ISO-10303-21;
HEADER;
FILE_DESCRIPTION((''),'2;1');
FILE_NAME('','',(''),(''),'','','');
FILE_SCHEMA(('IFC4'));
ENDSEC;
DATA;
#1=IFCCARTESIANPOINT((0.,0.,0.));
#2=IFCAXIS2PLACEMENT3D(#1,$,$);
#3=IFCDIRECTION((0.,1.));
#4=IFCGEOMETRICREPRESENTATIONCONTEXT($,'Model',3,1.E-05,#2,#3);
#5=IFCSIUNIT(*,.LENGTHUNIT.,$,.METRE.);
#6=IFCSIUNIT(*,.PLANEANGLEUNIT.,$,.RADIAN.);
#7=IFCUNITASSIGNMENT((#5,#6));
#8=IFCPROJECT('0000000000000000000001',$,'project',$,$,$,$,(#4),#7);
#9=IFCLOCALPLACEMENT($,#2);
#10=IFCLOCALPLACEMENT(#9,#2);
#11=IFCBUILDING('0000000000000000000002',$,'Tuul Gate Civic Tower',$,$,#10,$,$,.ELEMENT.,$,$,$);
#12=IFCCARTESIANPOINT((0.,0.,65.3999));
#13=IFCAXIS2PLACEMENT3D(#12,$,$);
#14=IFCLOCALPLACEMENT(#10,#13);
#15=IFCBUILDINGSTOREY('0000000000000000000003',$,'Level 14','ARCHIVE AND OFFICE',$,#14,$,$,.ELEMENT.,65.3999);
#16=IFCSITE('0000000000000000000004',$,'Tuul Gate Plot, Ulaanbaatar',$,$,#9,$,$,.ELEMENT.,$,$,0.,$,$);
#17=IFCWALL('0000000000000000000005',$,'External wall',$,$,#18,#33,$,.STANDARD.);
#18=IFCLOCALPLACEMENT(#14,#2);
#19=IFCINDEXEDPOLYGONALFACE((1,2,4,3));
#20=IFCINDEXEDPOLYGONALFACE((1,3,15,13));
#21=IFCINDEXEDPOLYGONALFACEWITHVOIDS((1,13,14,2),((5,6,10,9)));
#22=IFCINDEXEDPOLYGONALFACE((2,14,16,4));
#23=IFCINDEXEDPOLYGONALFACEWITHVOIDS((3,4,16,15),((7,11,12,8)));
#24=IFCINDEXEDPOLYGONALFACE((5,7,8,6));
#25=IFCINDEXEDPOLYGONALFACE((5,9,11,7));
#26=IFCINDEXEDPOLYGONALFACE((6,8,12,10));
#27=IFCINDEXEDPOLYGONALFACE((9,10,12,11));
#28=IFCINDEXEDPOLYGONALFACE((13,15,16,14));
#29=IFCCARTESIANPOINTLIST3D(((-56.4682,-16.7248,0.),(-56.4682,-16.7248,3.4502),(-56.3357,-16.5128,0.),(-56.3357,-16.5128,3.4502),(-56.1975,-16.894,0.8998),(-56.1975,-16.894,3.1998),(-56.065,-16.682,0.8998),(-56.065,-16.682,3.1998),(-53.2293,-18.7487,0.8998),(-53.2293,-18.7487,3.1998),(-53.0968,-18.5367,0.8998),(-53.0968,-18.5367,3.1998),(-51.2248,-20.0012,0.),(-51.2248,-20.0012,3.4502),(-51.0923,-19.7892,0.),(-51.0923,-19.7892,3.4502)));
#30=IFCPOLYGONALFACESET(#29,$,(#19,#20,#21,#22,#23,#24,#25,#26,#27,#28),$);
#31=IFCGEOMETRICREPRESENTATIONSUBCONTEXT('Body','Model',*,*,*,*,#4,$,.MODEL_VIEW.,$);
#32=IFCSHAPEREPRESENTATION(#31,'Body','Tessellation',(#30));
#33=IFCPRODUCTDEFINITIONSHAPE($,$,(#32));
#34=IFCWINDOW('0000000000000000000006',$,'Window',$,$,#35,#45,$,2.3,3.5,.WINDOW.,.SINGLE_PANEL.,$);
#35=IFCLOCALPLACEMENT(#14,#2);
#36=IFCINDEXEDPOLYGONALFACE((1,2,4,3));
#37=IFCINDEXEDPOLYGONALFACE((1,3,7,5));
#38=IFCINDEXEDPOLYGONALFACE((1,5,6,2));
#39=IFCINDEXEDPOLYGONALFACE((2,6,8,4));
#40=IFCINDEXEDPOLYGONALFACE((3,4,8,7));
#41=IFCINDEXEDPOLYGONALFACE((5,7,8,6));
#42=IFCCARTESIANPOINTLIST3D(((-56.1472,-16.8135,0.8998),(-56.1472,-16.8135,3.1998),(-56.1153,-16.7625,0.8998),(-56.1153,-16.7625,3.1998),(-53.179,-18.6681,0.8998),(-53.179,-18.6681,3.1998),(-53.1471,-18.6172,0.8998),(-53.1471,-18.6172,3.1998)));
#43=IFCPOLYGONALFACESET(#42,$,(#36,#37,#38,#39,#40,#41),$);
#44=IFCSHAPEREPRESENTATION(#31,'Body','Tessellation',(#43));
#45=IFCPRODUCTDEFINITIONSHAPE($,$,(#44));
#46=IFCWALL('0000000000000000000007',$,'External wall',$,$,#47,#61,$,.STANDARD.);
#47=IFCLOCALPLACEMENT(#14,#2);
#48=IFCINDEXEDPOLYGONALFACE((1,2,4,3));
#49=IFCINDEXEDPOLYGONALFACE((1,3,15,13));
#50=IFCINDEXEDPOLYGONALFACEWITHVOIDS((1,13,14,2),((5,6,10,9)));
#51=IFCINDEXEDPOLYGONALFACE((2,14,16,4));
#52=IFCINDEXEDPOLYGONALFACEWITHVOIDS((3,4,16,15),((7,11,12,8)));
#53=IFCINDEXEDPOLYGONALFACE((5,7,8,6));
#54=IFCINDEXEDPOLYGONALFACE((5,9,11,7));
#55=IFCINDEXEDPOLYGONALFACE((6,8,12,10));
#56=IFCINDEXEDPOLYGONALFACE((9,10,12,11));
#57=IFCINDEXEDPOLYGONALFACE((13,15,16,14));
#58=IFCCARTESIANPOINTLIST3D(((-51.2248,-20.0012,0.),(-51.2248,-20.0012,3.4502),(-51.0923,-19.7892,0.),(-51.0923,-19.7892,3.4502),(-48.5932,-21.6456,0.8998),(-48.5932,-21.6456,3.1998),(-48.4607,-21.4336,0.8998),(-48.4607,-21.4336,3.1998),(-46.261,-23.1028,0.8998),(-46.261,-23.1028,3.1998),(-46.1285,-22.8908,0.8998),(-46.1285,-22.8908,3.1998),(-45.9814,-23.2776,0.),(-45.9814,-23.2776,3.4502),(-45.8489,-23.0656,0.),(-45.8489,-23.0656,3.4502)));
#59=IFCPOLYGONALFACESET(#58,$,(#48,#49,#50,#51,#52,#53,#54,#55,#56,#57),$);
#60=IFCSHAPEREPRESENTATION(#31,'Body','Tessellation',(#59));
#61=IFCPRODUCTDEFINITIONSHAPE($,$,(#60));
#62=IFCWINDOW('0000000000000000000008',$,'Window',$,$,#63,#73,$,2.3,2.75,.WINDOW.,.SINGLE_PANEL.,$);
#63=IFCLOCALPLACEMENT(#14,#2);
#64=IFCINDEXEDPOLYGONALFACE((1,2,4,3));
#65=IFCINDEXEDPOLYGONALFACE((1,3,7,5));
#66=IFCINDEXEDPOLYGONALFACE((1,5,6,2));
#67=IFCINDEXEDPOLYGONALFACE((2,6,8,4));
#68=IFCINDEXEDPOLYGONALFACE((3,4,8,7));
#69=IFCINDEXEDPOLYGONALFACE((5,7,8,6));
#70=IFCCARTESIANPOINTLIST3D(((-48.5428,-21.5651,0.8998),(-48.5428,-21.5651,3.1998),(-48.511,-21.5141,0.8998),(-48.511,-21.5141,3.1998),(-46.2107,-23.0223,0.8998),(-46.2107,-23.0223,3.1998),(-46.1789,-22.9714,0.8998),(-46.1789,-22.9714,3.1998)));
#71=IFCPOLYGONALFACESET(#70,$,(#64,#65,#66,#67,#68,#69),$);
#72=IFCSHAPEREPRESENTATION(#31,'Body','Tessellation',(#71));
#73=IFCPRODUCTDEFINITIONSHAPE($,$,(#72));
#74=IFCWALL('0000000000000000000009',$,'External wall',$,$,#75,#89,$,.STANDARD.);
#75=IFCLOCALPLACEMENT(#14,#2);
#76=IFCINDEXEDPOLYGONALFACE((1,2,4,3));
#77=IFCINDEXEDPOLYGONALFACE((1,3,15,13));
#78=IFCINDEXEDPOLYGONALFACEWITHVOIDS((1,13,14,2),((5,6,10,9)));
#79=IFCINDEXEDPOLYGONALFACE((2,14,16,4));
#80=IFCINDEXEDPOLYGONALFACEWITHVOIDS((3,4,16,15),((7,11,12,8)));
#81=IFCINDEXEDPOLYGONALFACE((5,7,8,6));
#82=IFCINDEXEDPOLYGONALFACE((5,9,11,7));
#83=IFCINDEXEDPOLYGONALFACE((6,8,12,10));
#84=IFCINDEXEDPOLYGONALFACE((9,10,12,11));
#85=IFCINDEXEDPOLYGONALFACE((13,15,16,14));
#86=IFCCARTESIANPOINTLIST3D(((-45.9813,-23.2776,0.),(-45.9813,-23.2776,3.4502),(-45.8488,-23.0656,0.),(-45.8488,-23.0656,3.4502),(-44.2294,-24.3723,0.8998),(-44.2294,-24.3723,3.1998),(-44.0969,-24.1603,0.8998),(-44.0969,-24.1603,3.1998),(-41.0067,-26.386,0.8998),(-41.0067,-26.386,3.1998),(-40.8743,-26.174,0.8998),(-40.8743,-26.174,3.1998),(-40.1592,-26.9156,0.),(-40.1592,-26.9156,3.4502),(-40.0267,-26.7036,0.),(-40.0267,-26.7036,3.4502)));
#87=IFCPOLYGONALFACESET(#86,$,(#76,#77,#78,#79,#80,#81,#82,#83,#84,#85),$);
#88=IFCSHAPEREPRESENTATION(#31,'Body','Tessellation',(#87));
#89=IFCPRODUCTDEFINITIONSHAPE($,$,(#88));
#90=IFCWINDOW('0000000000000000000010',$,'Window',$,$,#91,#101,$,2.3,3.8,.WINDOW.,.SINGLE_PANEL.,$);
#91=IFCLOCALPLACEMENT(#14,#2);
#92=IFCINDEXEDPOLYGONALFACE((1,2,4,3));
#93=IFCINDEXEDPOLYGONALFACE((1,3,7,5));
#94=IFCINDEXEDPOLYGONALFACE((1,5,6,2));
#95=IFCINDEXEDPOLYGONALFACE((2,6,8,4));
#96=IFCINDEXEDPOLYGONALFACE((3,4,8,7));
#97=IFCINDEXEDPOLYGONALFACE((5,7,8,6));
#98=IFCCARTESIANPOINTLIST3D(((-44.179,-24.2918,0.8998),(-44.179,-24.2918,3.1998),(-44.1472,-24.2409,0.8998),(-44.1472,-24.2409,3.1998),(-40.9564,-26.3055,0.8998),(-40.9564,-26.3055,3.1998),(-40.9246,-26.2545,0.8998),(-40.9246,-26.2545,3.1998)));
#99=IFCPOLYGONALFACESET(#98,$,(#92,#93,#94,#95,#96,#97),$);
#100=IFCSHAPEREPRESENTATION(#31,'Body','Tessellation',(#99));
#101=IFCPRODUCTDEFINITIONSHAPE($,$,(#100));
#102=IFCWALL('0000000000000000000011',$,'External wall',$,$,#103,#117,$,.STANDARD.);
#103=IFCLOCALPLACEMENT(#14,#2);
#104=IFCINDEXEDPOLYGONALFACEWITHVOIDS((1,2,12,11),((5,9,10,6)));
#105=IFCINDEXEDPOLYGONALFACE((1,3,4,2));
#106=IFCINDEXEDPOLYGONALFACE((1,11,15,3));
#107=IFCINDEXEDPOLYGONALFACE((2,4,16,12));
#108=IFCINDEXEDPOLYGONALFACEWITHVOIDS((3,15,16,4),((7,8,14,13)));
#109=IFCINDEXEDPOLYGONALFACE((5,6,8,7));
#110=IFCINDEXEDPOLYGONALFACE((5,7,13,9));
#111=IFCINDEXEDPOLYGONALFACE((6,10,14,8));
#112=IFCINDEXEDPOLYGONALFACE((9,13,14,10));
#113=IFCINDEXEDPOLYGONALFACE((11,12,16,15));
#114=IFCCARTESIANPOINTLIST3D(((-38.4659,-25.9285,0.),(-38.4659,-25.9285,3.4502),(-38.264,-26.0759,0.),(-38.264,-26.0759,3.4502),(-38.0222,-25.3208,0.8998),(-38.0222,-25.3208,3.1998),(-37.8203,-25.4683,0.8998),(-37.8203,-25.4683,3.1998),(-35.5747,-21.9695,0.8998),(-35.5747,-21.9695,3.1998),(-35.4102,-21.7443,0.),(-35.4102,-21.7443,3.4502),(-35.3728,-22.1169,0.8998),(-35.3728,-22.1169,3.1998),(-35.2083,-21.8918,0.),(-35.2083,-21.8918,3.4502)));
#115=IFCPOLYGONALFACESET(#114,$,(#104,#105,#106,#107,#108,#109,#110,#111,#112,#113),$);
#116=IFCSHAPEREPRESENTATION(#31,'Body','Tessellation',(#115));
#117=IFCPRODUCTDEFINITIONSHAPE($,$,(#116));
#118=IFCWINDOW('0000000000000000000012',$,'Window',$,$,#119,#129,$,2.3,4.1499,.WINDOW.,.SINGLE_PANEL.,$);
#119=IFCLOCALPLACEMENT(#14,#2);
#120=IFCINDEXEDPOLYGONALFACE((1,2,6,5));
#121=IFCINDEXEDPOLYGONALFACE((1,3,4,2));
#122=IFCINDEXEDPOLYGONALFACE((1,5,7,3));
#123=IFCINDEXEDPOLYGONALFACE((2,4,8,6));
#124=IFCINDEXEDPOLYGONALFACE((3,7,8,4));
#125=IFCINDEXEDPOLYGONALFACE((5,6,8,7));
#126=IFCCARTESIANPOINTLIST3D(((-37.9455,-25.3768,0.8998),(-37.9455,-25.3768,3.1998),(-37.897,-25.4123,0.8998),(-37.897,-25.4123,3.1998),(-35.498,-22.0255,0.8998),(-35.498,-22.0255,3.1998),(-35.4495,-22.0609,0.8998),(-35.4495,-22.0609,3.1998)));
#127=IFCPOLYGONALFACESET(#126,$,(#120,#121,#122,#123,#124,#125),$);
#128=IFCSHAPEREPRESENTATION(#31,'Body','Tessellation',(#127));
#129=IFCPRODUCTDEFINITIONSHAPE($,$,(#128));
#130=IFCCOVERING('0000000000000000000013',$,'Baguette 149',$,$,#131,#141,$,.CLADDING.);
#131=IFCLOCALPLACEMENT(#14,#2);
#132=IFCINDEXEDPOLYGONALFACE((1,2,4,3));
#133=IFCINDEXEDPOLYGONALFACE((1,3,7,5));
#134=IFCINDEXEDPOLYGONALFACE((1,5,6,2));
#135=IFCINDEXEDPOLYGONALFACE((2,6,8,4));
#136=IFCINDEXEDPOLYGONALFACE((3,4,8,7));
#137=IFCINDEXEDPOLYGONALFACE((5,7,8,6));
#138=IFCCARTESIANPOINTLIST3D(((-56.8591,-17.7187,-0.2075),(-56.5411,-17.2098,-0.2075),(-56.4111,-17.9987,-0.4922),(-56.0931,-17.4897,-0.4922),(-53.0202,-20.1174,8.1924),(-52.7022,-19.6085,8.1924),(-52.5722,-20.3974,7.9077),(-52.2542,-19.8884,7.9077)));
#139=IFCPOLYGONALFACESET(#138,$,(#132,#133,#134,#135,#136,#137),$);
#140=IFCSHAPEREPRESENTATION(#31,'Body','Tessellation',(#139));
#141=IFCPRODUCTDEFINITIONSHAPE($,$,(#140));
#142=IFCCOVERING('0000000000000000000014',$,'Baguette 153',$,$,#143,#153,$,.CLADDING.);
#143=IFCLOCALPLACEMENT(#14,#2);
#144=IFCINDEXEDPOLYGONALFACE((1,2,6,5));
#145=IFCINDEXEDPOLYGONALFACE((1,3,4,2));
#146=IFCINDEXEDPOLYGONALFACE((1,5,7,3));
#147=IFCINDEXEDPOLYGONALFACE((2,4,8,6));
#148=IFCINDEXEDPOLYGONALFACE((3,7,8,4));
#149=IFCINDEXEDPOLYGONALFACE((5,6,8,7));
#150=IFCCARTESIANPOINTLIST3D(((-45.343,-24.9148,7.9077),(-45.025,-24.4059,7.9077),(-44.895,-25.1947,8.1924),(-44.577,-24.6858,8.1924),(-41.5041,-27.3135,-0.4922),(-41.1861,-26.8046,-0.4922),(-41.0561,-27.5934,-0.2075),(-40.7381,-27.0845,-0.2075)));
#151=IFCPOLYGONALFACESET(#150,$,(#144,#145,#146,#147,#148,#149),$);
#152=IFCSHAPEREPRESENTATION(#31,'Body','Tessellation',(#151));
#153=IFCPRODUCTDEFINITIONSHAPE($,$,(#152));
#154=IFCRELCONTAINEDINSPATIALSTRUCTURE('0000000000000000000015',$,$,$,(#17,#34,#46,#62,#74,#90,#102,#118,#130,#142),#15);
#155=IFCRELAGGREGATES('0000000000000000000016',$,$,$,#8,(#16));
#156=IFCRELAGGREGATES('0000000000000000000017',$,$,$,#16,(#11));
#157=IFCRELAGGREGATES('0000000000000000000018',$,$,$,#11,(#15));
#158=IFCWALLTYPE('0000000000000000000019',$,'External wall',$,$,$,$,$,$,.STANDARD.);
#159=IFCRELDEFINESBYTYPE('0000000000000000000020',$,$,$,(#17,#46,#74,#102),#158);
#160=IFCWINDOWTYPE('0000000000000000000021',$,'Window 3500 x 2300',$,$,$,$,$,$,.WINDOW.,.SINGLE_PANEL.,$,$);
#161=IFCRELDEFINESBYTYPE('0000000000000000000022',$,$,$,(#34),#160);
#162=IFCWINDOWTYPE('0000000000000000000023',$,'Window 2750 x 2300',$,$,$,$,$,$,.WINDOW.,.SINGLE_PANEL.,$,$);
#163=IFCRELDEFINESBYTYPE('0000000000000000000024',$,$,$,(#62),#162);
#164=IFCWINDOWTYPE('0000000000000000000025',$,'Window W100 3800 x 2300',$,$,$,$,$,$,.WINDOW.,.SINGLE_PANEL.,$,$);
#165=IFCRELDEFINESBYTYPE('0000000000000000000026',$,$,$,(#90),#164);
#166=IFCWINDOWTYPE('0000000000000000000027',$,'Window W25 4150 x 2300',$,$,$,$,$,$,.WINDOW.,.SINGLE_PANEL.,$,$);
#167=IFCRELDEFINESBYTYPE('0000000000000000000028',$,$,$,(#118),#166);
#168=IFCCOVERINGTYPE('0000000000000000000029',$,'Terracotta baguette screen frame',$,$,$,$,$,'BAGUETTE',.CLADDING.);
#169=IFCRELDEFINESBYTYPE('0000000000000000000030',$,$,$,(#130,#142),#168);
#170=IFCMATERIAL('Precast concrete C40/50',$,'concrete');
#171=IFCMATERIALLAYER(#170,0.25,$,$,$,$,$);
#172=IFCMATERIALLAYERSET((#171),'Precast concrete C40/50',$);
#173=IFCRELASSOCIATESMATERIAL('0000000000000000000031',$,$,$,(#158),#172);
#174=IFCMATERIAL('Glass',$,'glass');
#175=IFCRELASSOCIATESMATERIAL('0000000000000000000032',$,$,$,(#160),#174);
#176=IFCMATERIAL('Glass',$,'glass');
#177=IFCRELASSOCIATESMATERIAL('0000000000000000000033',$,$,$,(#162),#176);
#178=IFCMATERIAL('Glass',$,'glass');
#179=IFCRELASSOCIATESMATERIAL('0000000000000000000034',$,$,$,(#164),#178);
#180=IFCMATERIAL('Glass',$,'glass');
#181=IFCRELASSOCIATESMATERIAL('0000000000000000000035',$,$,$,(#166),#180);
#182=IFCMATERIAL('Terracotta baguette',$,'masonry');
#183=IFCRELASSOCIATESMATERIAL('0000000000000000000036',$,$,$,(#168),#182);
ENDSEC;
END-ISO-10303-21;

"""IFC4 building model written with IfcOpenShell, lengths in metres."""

from ifc_helpers import new_model, si_unit, direction, frame, frame_2d, origin, origin_2d, place, context, subcontext, project, spatial, rectangle, extrude, material, layer, layer_set, material_profile, profile_set, type_object, element, fill, save


model = new_model("IFC4")

# Units and contexts
model_context = context("Model", 3, precision=1e-05, world=origin(), true_north=direction((0.0, 1.0)))
body_context = subcontext(model_context, "Body", "Model", "MODEL_VIEW")
ifc_project = project(units=[si_unit("LENGTHUNIT", "METRE"), si_unit("PLANEANGLEUNIT", "RADIAN")], contexts=[model_context])

# Site, building, storey
site_placement = place(None, origin())
site = spatial("IfcSite", under=ifc_project, at=site_placement, Name="Tuul Gate Plot, Ulaanbaatar", CompositionType="ELEMENT", RefElevation=0.0)
building_placement = place(site_placement, origin())
building = spatial("IfcBuilding", under=site, at=building_placement, Name="Tuul Gate Civic Tower", CompositionType="ELEMENT")
storey_placement = place(building_placement, frame((0.0, 0.0, 65.3999)))
storey = spatial("IfcBuildingStorey", under=building, at=storey_placement, Name="Level 14", Description="ARCHIVE AND OFFICE", CompositionType="ELEMENT", Elevation=65.3999)

# Shared definitions
ifc_material_1 = material(Name="Precast concrete C40/50", Category="concrete")
ifc_layer_1 = layer(ifc_material_1, 0.25)
ifc_layer_set_1 = layer_set([ifc_layer_1], Name="Precast concrete C40/50")
wall_type_1 = type_object("IfcWallType", Name="External wall", PredefinedType="STANDARD", material=ifc_layer_set_1)

# Walls, openings, windows
wall_1_placement = place(storey_placement, frame((-56.4019, -16.6189, 0.0), z_axis=(0.0, 0.0, 1.0), x_axis=(0.848054, -0.52991, 0.0)))
wall_1 = element("IfcWall", 1, at=wall_1_placement, inside=storey, type_object=wall_type_1, Name="External wall", PredefinedType="STANDARD", context=body_context, shape_type="SweptSolid", body=[
    extrude(rectangle(XDim=6.1829, YDim=0.25, at=frame_2d((3.0913, 0.0))), origin(), (0.0, 0.0, 1.0), 3.4502),
])
opening_1_placement = place(wall_1_placement, frame((0.3191, 0.0, 0.8999)))
opening_1 = element("IfcOpeningElement", 2, at=opening_1_placement, cuts=wall_1, PredefinedType="OPENING", context=body_context, shape_type="SweptSolid", body=[
    extrude(rectangle(XDim=3.5, YDim=2.3, at=frame_2d((1.75, 1.1499))), frame((0.0, 0.135, 0.0), z_axis=(0.0, -1.0, 0.0), x_axis=(1.0, 0.0, 0.0)), (0.0, 0.0, 1.0), 0.27),
])
ifc_material_2 = material(Name="Glass", Category="glass")
window_type_1 = type_object("IfcWindowType", Name="Window 3500 x 2300", PartitioningType="SINGLE_PANEL", PredefinedType="WINDOW", material=ifc_material_2)
window_1_placement = place(opening_1_placement, origin())
window_1 = element("IfcWindow", 3, at=window_1_placement, inside=storey, type_object=window_type_1, Name="Window", OverallHeight=2.3, OverallWidth=3.5, PartitioningType="SINGLE_PANEL", PredefinedType="WINDOW", context=body_context, shape_type="SweptSolid", body=[
    extrude(rectangle(XDim=3.5, YDim=2.3, at=frame_2d((1.75, 1.1499))), frame((0.0, 0.03, 0.0), z_axis=(0.0, -1.0, 0.0), x_axis=(1.0, 0.0, 0.0)), (0.0, 0.0, 1.0), 0.0601),
])
fill(opening_1, window_1)
wall_2_placement = place(storey_placement, frame((-51.1584, -19.8953, 0.0), z_axis=(0.0, 0.0, 1.0), x_axis=(0.848054, -0.52991, 0.0)))
wall_2 = element("IfcWall", 4, at=wall_2_placement, inside=storey, type_object=wall_type_1, Name="External wall", PredefinedType="STANDARD", context=body_context, shape_type="SweptSolid", body=[
    extrude(rectangle(XDim=6.1829, YDim=0.25, at=frame_2d((3.0913, 0.0))), origin(), (0.0, 0.0, 1.0), 3.4502),
])
opening_2_placement = place(wall_2_placement, frame((3.103, 0.0, 0.8999)))
opening_2 = element("IfcOpeningElement", 5, at=opening_2_placement, cuts=wall_2, PredefinedType="OPENING", context=body_context, shape_type="SweptSolid", body=[
    extrude(rectangle(XDim=2.75, YDim=2.3, at=frame_2d((1.375, 1.1499))), frame((0.0, 0.135, 0.0), z_axis=(0.0, -1.0, 0.0), x_axis=(1.0, 0.0, 0.0)), (0.0, 0.0, 1.0), 0.27),
])
ifc_material_3 = material(Name="Glass", Category="glass")
window_type_2 = type_object("IfcWindowType", Name="Window 2750 x 2300", PartitioningType="SINGLE_PANEL", PredefinedType="WINDOW", material=ifc_material_3)
window_2_placement = place(opening_2_placement, origin())
window_2 = element("IfcWindow", 6, at=window_2_placement, inside=storey, type_object=window_type_2, Name="Window", OverallHeight=2.3, OverallWidth=2.75, PartitioningType="SINGLE_PANEL", PredefinedType="WINDOW", context=body_context, shape_type="SweptSolid", body=[
    extrude(rectangle(XDim=2.75, YDim=2.3, at=frame_2d((1.375, 1.1499))), frame((0.0, 0.03, 0.0), z_axis=(0.0, -1.0, 0.0), x_axis=(1.0, 0.0, 0.0)), (0.0, 0.0, 1.0), 0.0601),
])
fill(opening_2, window_2)
wall_3_placement = place(storey_placement, frame((-45.915, -23.1716, 0.0), z_axis=(0.0, 0.0, 1.0), x_axis=(0.848052, -0.529913, 0.0)))
wall_3 = element("IfcWall", 7, at=wall_3_placement, inside=storey, type_object=wall_type_1, Name="External wall", PredefinedType="STANDARD", context=body_context, shape_type="SweptSolid", body=[
    extrude(rectangle(XDim=6.8652, YDim=0.25, at=frame_2d((3.4326, 0.0))), origin(), (0.0, 0.0, 1.0), 3.4502),
])
opening_3_placement = place(wall_3_placement, frame((2.0659, 0.0, 0.8999)))
opening_3 = element("IfcOpeningElement", 8, at=opening_3_placement, cuts=wall_3, PredefinedType="OPENING", context=body_context, shape_type="SweptSolid", body=[
    extrude(rectangle(XDim=3.8, YDim=2.3, at=frame_2d((1.8999, 1.1499))), frame((0.0, 0.135, 0.0), z_axis=(0.0, -1.0, 0.0), x_axis=(1.0, 0.0, 0.0)), (0.0, 0.0, 1.0), 0.27),
])
ifc_material_4 = material(Name="Glass", Category="glass")
window_type_3 = type_object("IfcWindowType", Name="Window W100 3800 x 2300", PartitioningType="SINGLE_PANEL", PredefinedType="WINDOW", material=ifc_material_4)
window_3_placement = place(opening_3_placement, origin())
window_3 = element("IfcWindow", 9, at=window_3_placement, inside=storey, type_object=window_type_3, Name="Window", OverallHeight=2.3, OverallWidth=3.8, PartitioningType="SINGLE_PANEL", PredefinedType="WINDOW", context=body_context, shape_type="SweptSolid", body=[
    extrude(rectangle(XDim=3.8, YDim=2.3, at=frame_2d((1.8999, 1.1499))), frame((0.0, 0.03, 0.0), z_axis=(0.0, -1.0, 0.0), x_axis=(1.0, 0.0, 0.0)), (0.0, 0.0, 1.0), 0.0601),
])
fill(opening_3, window_3)
wall_4_placement = place(storey_placement, frame((-38.365, -26.0022, 0.0), z_axis=(0.0, 0.0, 1.0), x_axis=(0.589773, 0.807569, 0.0)))
wall_4 = element("IfcWall", 10, at=wall_4_placement, inside=storey, type_object=wall_type_1, Name="External wall", PredefinedType="STANDARD", context=body_context, shape_type="SweptSolid", body=[
    extrude(rectangle(XDim=5.1812, YDim=0.25, at=frame_2d((2.5906, 0.0))), origin(), (0.0, 0.0, 1.0), 3.4502),
])
opening_4_placement = place(wall_4_placement, frame((0.7524, 0.0, 0.8999)))
opening_4 = element("IfcOpeningElement", 11, at=opening_4_placement, cuts=wall_4, PredefinedType="OPENING", context=body_context, shape_type="SweptSolid", body=[
    extrude(rectangle(XDim=4.1499, YDim=2.3, at=frame_2d((2.075, 1.1499))), frame((0.0, 0.135, 0.0), z_axis=(0.0, -1.0, 0.0), x_axis=(1.0, 0.0, 0.0)), (0.0, 0.0, 1.0), 0.27),
])
ifc_material_5 = material(Name="Glass", Category="glass")
window_type_4 = type_object("IfcWindowType", Name="Window W25 4150 x 2300", PartitioningType="SINGLE_PANEL", PredefinedType="WINDOW", material=ifc_material_5)
window_4_placement = place(opening_4_placement, origin())
window_4 = element("IfcWindow", 12, at=window_4_placement, inside=storey, type_object=window_type_4, Name="Window", OverallHeight=2.3, OverallWidth=4.1499, PartitioningType="SINGLE_PANEL", PredefinedType="WINDOW", context=body_context, shape_type="SweptSolid", body=[
    extrude(rectangle(XDim=4.1499, YDim=2.3, at=frame_2d((2.075, 1.1499))), frame((0.0, 0.03, 0.0), z_axis=(0.0, -1.0, 0.0), x_axis=(1.0, 0.0, 0.0)), (0.0, 0.0, 1.0), 0.0601),
])
fill(opening_4, window_4)

# Coverings
ifc_material_6 = material(Name="Terracotta baguette", Category="masonry")
ifc_material_profile_1 = material_profile(ifc_material_6, rectangle(XDim=0.6001, YDim=0.6001, at=origin_2d()), Name="Terracotta baguette screen frame")
ifc_profile_set_1 = profile_set([ifc_material_profile_1], Name="Terracotta baguette")
covering_type = type_object("IfcCoveringType", Name="Terracotta baguette screen frame", ElementType="BAGUETTE", PredefinedType="CLADDING", material=ifc_profile_set_1)
for number, where, z_axis, x_axis, name in (
    (13, (-52.6372, -20.0029, 8.05), (-0.402314, 0.251383, -0.880312), (-0.529902, -0.848059, 0.0), "Baguette 149"),
    (14, (-44.96, -24.8003, 8.05), (0.402314, -0.251383, -0.880312), (0.529902, 0.848059, 0.0), "Baguette 153"),
):
    element("IfcCovering", number, at=place(storey_placement, frame(where, z_axis=z_axis, x_axis=x_axis)), inside=storey, type_object=covering_type, Name=name, PredefinedType="CLADDING", context=body_context, shape_type="SweptSolid", body=[
        extrude(rectangle(XDim=0.6001, YDim=0.6001, at=origin_2d()), origin(), (0.0, 0.0, 1.0), 9.542),
    ])

save(model, "model.ifc")
